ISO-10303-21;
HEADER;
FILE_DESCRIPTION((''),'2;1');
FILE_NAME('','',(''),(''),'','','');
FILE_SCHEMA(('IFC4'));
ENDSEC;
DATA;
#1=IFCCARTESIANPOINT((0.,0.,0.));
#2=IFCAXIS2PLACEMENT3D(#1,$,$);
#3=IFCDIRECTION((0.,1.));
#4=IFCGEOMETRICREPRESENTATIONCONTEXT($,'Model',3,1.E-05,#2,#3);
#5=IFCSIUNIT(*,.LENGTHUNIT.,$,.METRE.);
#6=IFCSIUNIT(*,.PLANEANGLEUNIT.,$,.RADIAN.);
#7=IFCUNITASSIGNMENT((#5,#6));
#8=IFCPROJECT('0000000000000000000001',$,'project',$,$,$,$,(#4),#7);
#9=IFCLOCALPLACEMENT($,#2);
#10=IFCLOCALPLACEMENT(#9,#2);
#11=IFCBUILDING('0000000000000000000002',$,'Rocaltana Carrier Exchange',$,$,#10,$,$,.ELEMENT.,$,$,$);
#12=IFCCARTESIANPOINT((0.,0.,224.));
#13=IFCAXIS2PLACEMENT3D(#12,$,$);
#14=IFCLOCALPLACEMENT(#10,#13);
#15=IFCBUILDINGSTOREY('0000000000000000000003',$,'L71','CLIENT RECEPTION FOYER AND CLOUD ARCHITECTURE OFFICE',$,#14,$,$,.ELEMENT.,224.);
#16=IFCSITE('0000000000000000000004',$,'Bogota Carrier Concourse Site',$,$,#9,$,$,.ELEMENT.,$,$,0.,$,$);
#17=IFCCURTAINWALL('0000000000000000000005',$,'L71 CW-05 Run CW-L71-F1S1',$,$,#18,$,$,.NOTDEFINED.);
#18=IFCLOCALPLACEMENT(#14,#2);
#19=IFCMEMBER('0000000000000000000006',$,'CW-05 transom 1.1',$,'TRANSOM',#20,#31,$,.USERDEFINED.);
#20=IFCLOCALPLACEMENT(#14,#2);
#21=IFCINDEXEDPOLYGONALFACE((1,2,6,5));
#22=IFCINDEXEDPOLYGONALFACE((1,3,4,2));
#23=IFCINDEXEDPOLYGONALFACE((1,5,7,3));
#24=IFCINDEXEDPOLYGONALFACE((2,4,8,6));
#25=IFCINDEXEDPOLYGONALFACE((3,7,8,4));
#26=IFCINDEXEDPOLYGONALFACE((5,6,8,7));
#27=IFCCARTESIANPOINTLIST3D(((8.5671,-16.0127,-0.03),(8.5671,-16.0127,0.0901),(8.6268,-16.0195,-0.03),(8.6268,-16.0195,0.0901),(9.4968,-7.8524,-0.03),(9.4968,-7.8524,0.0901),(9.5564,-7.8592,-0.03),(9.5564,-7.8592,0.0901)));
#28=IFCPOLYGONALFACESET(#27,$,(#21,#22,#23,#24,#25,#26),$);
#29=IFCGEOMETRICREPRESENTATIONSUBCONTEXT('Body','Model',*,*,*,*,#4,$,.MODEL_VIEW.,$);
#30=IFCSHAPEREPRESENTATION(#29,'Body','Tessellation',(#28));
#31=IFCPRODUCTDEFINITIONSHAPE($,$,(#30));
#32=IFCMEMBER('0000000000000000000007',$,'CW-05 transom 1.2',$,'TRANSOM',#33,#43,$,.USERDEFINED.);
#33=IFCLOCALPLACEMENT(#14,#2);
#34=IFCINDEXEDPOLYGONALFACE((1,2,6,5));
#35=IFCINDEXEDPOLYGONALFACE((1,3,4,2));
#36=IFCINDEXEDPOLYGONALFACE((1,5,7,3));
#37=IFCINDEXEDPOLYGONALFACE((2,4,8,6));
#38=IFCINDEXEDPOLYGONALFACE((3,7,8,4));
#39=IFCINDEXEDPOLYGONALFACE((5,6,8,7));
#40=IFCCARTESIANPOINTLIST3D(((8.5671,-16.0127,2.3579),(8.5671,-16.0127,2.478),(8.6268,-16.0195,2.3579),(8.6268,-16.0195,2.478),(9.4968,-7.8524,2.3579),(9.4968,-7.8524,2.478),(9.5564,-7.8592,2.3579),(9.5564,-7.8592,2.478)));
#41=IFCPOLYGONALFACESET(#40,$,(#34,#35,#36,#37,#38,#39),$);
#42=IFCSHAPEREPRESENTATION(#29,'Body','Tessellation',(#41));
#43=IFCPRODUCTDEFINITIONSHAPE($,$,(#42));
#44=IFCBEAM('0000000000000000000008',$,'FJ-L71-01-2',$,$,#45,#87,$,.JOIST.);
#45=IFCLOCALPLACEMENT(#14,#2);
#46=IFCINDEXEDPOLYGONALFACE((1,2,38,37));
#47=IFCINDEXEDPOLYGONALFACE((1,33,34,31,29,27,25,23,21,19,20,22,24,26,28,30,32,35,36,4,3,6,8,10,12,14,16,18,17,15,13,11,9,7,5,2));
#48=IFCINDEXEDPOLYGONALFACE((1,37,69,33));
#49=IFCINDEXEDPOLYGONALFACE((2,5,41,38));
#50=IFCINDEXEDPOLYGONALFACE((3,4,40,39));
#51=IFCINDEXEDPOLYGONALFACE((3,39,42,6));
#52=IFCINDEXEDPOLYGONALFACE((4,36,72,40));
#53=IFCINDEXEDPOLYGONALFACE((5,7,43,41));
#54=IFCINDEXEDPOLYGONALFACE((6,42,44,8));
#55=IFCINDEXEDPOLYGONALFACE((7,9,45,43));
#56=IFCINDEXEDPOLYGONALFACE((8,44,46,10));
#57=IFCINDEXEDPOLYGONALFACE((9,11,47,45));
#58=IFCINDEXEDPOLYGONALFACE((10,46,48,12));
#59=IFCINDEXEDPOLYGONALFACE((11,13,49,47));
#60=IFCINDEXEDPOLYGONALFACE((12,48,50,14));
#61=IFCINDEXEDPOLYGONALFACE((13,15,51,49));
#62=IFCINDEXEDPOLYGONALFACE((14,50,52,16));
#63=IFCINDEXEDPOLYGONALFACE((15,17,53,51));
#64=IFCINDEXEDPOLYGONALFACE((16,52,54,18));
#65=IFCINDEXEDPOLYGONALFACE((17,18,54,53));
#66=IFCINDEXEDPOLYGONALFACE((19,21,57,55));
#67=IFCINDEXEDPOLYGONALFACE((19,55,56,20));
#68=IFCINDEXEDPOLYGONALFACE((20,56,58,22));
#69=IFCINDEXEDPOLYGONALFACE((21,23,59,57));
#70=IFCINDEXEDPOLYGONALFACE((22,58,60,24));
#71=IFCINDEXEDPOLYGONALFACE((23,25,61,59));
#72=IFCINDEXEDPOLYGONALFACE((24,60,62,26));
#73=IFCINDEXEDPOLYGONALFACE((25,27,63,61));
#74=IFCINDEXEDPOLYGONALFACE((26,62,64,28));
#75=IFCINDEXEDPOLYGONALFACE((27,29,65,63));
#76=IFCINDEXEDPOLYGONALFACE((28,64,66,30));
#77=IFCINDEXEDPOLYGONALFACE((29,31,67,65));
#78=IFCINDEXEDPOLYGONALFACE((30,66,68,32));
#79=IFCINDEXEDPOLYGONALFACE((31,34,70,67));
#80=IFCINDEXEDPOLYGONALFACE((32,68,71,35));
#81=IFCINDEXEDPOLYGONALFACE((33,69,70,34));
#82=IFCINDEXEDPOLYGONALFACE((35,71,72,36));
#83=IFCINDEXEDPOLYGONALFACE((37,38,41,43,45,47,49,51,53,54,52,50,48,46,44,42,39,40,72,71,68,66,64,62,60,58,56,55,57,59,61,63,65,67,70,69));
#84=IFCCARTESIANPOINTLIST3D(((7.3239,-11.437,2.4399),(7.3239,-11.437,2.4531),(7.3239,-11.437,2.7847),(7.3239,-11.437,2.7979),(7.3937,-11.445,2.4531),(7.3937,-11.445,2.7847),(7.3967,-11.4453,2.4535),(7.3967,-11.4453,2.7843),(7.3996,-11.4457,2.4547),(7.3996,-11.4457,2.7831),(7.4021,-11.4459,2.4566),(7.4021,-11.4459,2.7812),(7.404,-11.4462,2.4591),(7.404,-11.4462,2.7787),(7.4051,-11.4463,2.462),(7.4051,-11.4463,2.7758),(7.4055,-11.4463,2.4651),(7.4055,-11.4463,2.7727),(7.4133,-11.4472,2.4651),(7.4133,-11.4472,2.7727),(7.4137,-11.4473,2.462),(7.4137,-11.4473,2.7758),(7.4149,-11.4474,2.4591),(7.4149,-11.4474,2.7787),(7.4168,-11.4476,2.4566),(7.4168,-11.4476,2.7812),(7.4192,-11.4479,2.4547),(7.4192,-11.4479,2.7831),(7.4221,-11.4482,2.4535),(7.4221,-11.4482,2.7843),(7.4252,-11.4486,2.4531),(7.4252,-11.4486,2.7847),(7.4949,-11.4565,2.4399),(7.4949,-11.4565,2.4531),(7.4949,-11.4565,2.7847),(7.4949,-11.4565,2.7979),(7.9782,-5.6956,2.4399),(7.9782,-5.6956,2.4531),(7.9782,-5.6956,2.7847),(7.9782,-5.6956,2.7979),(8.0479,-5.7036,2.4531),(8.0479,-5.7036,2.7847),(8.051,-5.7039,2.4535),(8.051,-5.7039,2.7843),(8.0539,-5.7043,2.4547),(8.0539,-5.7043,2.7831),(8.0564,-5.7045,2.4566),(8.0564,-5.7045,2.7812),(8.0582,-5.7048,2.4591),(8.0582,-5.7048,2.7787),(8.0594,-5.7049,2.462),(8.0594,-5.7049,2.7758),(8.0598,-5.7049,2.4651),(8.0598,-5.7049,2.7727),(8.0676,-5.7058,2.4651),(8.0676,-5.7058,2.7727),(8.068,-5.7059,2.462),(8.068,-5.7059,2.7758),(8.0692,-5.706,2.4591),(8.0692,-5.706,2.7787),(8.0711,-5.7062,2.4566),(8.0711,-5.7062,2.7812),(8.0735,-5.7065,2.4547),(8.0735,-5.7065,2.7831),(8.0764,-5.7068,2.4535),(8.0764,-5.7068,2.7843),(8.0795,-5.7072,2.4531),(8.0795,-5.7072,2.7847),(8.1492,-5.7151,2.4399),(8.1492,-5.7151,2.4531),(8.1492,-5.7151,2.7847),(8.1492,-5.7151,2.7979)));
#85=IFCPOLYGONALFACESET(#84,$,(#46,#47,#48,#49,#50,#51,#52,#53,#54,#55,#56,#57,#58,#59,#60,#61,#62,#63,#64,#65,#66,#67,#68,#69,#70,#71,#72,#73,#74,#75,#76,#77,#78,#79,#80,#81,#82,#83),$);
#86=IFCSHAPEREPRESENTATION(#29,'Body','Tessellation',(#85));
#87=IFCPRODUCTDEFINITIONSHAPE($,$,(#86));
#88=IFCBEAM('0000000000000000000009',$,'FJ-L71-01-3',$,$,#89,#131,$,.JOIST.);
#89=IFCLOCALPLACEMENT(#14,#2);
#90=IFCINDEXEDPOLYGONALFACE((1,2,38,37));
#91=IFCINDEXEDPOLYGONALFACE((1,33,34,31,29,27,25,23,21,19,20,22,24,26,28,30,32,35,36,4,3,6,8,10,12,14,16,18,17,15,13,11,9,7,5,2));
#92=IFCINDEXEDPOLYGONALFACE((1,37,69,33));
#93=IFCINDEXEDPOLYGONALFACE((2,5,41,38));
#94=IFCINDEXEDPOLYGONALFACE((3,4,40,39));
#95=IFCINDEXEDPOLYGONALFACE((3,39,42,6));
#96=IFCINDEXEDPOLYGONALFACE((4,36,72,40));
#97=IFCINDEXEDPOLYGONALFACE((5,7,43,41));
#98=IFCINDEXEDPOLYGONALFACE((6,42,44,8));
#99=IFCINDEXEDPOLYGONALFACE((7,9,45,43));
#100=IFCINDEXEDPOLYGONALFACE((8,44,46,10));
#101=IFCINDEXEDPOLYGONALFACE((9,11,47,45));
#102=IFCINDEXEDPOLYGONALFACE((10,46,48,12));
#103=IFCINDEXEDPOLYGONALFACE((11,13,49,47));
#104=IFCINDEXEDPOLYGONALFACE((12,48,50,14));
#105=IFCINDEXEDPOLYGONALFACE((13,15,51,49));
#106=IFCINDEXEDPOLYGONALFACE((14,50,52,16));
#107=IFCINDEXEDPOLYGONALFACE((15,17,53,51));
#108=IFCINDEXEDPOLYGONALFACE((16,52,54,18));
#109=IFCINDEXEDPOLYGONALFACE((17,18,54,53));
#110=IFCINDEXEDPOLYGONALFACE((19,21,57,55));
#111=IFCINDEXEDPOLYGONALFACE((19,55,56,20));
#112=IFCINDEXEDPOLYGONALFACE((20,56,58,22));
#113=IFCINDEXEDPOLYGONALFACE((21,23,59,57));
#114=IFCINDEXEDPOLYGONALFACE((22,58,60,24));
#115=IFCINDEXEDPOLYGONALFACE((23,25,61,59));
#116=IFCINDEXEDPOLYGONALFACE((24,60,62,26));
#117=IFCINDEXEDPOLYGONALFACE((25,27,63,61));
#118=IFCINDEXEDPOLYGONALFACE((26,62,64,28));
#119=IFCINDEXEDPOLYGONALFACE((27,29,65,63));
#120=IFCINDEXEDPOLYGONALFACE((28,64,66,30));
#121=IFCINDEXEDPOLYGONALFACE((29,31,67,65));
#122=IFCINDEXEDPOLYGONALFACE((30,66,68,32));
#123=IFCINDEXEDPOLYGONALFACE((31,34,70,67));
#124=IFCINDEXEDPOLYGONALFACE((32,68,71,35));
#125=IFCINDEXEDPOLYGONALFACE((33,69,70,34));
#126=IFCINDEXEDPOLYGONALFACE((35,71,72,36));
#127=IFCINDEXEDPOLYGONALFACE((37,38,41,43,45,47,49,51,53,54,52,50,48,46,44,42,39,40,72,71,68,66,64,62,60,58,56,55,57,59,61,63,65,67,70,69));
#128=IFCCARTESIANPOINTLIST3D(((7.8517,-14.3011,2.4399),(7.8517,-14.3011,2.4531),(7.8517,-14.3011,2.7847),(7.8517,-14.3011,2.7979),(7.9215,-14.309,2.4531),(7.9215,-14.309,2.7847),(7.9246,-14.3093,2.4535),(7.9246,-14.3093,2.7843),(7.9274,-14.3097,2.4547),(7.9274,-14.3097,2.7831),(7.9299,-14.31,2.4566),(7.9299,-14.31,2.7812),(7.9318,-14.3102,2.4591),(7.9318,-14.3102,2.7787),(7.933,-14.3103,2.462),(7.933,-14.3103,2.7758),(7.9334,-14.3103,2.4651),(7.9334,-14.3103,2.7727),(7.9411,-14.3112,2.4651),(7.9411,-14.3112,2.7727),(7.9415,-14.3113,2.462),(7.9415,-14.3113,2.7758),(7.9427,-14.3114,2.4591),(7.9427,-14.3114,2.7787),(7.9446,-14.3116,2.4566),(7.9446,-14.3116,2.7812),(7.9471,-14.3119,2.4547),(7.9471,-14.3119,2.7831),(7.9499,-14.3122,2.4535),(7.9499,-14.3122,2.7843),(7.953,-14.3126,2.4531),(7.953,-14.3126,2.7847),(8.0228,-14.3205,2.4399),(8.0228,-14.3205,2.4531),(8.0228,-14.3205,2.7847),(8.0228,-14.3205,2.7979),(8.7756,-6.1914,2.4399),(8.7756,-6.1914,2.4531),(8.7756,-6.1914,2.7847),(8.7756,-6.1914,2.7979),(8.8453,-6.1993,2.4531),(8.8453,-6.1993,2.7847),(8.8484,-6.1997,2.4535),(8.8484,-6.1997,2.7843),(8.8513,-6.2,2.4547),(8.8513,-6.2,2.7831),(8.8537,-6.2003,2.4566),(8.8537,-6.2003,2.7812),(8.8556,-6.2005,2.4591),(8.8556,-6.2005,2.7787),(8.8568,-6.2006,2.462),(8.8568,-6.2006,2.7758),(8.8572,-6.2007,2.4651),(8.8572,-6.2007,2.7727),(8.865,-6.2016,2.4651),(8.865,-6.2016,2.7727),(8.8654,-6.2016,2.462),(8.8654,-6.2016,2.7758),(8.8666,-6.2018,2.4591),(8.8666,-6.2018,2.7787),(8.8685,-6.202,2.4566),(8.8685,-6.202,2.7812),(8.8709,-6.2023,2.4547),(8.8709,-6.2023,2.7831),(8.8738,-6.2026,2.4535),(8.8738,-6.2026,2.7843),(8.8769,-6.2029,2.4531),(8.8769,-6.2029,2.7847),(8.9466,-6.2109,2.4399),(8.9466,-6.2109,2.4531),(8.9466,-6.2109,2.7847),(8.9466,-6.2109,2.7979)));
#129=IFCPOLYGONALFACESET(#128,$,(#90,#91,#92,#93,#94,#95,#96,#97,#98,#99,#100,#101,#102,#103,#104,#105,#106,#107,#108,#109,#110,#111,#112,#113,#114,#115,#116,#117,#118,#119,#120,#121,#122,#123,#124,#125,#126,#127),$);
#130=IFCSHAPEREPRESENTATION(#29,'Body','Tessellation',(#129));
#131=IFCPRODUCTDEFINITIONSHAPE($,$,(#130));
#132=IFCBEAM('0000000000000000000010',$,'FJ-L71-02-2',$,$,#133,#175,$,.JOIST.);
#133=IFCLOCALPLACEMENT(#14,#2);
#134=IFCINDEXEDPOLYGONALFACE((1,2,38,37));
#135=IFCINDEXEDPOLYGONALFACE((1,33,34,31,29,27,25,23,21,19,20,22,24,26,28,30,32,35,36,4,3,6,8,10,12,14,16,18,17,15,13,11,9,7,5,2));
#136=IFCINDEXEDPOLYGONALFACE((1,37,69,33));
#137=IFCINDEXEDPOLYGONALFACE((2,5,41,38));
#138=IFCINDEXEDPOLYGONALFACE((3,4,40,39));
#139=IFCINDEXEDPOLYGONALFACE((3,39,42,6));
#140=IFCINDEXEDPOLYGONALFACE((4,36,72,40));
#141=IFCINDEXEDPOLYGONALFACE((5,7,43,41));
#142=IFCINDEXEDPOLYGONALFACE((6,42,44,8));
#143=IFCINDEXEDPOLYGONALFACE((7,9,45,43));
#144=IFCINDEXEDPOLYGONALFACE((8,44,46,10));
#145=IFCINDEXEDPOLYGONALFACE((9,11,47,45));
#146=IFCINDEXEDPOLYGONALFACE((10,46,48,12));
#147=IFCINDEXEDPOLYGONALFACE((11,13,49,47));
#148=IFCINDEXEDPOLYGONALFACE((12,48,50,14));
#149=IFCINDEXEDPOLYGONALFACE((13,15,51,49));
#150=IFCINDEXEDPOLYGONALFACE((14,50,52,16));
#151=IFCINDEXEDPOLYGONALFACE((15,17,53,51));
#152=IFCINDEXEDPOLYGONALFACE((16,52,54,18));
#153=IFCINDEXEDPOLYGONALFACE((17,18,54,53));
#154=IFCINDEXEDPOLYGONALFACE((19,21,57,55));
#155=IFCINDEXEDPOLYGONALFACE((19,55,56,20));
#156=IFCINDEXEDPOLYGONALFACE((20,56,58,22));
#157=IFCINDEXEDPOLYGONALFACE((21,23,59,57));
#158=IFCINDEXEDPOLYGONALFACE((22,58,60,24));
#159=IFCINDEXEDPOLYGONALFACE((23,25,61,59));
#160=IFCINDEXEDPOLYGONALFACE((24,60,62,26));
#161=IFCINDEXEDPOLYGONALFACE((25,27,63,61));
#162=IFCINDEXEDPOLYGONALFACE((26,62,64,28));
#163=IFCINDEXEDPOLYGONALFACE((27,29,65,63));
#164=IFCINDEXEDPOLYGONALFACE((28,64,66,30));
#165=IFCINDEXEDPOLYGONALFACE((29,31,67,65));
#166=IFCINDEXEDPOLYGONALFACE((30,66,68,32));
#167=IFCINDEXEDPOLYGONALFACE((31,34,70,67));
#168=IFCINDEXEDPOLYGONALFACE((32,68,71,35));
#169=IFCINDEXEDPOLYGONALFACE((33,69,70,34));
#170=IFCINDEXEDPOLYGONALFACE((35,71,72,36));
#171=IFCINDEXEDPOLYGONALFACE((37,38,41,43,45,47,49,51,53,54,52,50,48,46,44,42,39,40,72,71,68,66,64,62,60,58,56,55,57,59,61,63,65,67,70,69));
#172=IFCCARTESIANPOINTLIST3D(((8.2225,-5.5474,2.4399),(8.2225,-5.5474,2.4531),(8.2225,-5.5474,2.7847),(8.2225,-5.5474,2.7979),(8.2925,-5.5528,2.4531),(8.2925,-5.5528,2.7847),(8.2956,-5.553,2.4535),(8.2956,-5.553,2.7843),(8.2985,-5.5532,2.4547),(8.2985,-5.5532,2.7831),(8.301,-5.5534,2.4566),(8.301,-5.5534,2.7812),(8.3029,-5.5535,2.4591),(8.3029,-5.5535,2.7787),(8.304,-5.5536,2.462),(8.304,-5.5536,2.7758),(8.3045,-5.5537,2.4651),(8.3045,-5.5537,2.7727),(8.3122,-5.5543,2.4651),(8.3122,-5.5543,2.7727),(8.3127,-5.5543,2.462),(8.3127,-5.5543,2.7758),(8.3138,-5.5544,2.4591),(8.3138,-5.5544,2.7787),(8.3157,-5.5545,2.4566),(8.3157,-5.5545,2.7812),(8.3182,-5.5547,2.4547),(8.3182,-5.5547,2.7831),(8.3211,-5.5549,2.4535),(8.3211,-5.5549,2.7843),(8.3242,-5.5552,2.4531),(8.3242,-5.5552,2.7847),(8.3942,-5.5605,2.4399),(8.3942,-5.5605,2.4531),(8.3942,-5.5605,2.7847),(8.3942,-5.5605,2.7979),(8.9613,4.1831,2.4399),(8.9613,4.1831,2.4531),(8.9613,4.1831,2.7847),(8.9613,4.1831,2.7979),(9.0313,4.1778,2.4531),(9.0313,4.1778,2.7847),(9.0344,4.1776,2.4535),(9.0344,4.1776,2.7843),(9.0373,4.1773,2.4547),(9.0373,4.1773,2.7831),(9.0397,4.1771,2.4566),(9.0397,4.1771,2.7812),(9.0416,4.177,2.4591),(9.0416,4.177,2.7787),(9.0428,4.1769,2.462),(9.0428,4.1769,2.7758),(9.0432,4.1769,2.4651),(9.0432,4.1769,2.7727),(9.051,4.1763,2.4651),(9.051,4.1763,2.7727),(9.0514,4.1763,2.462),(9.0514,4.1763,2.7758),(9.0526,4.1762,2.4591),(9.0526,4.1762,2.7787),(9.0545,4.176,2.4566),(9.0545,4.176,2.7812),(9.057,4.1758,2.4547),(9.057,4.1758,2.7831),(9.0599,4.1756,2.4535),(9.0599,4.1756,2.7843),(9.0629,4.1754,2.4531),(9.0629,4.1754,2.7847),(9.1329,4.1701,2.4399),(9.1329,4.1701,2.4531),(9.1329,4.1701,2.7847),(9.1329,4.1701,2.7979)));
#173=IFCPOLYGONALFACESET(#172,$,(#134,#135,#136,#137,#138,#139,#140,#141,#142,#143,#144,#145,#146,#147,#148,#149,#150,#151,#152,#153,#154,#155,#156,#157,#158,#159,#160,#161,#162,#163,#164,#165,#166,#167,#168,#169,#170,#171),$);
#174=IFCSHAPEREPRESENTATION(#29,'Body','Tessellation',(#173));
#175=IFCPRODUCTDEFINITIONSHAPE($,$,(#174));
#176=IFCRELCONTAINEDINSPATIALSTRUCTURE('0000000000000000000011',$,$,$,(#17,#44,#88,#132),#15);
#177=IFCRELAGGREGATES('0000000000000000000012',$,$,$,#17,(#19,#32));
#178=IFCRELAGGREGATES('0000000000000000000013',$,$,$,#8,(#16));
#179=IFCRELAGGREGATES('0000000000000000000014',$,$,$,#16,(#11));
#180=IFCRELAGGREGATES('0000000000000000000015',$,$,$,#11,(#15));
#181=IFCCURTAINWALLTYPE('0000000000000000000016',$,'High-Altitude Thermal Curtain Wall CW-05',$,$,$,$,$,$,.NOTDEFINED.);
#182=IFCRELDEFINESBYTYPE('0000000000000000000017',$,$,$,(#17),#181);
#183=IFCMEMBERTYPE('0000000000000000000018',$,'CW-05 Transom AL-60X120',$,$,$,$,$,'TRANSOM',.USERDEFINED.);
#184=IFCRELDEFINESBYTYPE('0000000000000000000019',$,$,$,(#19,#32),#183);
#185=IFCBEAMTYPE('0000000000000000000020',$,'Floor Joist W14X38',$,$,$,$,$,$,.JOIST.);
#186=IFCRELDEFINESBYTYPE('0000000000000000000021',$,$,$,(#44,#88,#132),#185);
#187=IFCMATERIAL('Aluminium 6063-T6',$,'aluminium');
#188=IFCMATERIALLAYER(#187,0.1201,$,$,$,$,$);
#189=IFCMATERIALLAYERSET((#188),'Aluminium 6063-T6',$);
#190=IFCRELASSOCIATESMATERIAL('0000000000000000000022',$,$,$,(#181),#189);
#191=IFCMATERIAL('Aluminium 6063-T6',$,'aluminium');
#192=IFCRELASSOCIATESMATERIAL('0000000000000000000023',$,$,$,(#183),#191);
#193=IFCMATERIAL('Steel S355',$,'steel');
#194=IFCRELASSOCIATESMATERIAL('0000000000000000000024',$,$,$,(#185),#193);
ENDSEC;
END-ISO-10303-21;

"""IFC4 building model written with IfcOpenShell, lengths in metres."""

from ifc_helpers import new_model, si_unit, direction, frame, origin, origin_2d, place, context, subcontext, project, spatial, rectangle, i_section, extrude, material, layer, layer_set, material_profile, profile_set, type_object, element, aggregate, save


model = new_model("IFC4")

# Units and contexts
model_context = context("Model", 3, precision=1e-05, world=origin(), true_north=direction((0.0, 1.0)))
body_context = subcontext(model_context, "Body", "Model", "MODEL_VIEW")
ifc_project = project(units=[si_unit("LENGTHUNIT", "METRE"), si_unit("PLANEANGLEUNIT", "RADIAN")], contexts=[model_context])

# Site, building, storey
site_placement = place(None, origin())
site = spatial("IfcSite", under=ifc_project, at=site_placement, Name="Bogota Carrier Concourse Site", CompositionType="ELEMENT", RefElevation=0.0)
building_placement = place(site_placement, origin())
building = spatial("IfcBuilding", under=site, at=building_placement, Name="Rocaltana Carrier Exchange", CompositionType="ELEMENT")
storey_placement = place(building_placement, frame((0.0, 0.0, 224.0)))
storey = spatial("IfcBuildingStorey", under=building, at=storey_placement, Name="L71", Description="CLIENT RECEPTION FOYER AND CLOUD ARCHITECTURE OFFICE", CompositionType="ELEMENT", Elevation=224.0)

# Curtain wall
ifc_material_1 = material(Name="Aluminium 6063-T6", Category="aluminium")
ifc_layer_1 = layer(ifc_material_1, 0.1201)
ifc_layer_set_1 = layer_set([ifc_layer_1], Name="Aluminium 6063-T6")
curtain_wall_type = type_object("IfcCurtainWallType", Name="High-Altitude Thermal Curtain Wall CW-05", PredefinedType="NOTDEFINED", material=ifc_layer_set_1)
curtain_wall_1_placement = place(storey_placement, origin())
curtain_wall_1 = element("IfcCurtainWall", 1, at=curtain_wall_1_placement, inside=storey, type_object=curtain_wall_type, Name="L71 CW-05 Run CW-L71-F1S1", PredefinedType="NOTDEFINED")

# Members
ifc_material_2 = material(Name="Aluminium 6063-T6", Category="aluminium")
ifc_material_profile_1 = material_profile(ifc_material_2, rectangle(XDim=0.0601, YDim=0.1201, at=origin_2d()), Name="AL-60X120")
ifc_profile_set_1 = profile_set([ifc_material_profile_1], Name="Aluminium 6063-T6")
member_type_1 = type_object("IfcMemberType", Name="CW-05 Transom AL-60X120", ElementType="TRANSOM", PredefinedType="USERDEFINED", material=ifc_profile_set_1)
member_1_placement = place(storey_placement, frame((8.5969, -16.0161, 0.03), z_axis=(0.113194, 0.993573, 0.0), x_axis=(-0.993573, 0.113194, 0.0)))
member_1 = element("IfcMember", 2, at=member_1_placement, type_object=member_type_1, Name="CW-05 transom 1.1", ObjectType="TRANSOM", PredefinedType="USERDEFINED", context=body_context, shape_type="SweptSolid", body=[
    extrude(rectangle(XDim=0.0601, YDim=0.1201, at=origin_2d()), origin(), (0.0, 0.0, 1.0), 8.2131),
])
member_2_placement = place(storey_placement, frame((8.5969, -16.0161, 2.418), z_axis=(0.113194, 0.993573, 0.0), x_axis=(-0.993573, 0.113194, 0.0)))
member_2 = element("IfcMember", 3, at=member_2_placement, type_object=member_type_1, Name="CW-05 transom 1.2", ObjectType="TRANSOM", PredefinedType="USERDEFINED", context=body_context, shape_type="SweptSolid", body=[
    extrude(rectangle(XDim=0.0601, YDim=0.1201, at=origin_2d()), origin(), (0.0, 0.0, 1.0), 8.2131),
])

# Beams
ifc_material_3 = material(Name="Steel S355", Category="steel")
ifc_material_profile_2 = material_profile(ifc_material_3, i_section(OverallWidth=0.1721, OverallDepth=0.3579, WebThickness=0.0078, FlangeThickness=0.0132, FilletRadius=0.012, at=origin_2d()), Name="W14X38")
ifc_profile_set_2 = profile_set([ifc_material_profile_2], Name="Steel S355")
beam_type_1 = type_object("IfcBeamType", Name="Floor Joist W14X38", PredefinedType="JOIST", material=ifc_profile_set_2)
beam_1_placement = place(storey_placement, frame((7.4094, -11.4468, 2.6189), z_axis=(0.113227, 0.993569, 0.0), x_axis=(-0.993569, 0.113227, 0.0)))
element("IfcBeam", 4, at=beam_1_placement, inside=storey, type_object=beam_type_1, Name="FJ-L71-01-2", PredefinedType="JOIST", context=body_context, shape_type="SweptSolid", body=[
    extrude(i_section(OverallWidth=0.1721, OverallDepth=0.3579, WebThickness=0.0078, FlangeThickness=0.0132, FilletRadius=0.012, at=origin_2d()), origin(), (0.0, 0.0, 1.0), 5.7786),
])
beam_2_placement = place(storey_placement, frame((7.9373, -14.3108, 2.6189), z_axis=(0.113186, 0.993574, 0.0), x_axis=(-0.993574, 0.113186, 0.0)))
element("IfcBeam", 5, at=beam_2_placement, inside=storey, type_object=beam_type_1, Name="FJ-L71-01-3", PredefinedType="JOIST", context=body_context, shape_type="SweptSolid", body=[
    extrude(i_section(OverallWidth=0.1721, OverallDepth=0.3579, WebThickness=0.0078, FlangeThickness=0.0132, FilletRadius=0.012, at=origin_2d()), origin(), (0.0, 0.0, 1.0), 8.1621),
])
beam_3_placement = place(storey_placement, frame((8.3083, -5.554, 2.6189), z_axis=(0.075705, 0.99713, 0.0), x_axis=(-0.99713, 0.075705, 0.0)))
element("IfcBeam", 6, at=beam_3_placement, inside=storey, type_object=beam_type_1, Name="FJ-L71-02-2", PredefinedType="JOIST", context=body_context, shape_type="SweptSolid", body=[
    extrude(i_section(OverallWidth=0.1721, OverallDepth=0.3579, WebThickness=0.0078, FlangeThickness=0.0132, FilletRadius=0.012, at=origin_2d()), origin(), (0.0, 0.0, 1.0), 9.7585),
])

aggregate(curtain_wall_1, [member_1, member_2])

save(model, "model.ifc")
